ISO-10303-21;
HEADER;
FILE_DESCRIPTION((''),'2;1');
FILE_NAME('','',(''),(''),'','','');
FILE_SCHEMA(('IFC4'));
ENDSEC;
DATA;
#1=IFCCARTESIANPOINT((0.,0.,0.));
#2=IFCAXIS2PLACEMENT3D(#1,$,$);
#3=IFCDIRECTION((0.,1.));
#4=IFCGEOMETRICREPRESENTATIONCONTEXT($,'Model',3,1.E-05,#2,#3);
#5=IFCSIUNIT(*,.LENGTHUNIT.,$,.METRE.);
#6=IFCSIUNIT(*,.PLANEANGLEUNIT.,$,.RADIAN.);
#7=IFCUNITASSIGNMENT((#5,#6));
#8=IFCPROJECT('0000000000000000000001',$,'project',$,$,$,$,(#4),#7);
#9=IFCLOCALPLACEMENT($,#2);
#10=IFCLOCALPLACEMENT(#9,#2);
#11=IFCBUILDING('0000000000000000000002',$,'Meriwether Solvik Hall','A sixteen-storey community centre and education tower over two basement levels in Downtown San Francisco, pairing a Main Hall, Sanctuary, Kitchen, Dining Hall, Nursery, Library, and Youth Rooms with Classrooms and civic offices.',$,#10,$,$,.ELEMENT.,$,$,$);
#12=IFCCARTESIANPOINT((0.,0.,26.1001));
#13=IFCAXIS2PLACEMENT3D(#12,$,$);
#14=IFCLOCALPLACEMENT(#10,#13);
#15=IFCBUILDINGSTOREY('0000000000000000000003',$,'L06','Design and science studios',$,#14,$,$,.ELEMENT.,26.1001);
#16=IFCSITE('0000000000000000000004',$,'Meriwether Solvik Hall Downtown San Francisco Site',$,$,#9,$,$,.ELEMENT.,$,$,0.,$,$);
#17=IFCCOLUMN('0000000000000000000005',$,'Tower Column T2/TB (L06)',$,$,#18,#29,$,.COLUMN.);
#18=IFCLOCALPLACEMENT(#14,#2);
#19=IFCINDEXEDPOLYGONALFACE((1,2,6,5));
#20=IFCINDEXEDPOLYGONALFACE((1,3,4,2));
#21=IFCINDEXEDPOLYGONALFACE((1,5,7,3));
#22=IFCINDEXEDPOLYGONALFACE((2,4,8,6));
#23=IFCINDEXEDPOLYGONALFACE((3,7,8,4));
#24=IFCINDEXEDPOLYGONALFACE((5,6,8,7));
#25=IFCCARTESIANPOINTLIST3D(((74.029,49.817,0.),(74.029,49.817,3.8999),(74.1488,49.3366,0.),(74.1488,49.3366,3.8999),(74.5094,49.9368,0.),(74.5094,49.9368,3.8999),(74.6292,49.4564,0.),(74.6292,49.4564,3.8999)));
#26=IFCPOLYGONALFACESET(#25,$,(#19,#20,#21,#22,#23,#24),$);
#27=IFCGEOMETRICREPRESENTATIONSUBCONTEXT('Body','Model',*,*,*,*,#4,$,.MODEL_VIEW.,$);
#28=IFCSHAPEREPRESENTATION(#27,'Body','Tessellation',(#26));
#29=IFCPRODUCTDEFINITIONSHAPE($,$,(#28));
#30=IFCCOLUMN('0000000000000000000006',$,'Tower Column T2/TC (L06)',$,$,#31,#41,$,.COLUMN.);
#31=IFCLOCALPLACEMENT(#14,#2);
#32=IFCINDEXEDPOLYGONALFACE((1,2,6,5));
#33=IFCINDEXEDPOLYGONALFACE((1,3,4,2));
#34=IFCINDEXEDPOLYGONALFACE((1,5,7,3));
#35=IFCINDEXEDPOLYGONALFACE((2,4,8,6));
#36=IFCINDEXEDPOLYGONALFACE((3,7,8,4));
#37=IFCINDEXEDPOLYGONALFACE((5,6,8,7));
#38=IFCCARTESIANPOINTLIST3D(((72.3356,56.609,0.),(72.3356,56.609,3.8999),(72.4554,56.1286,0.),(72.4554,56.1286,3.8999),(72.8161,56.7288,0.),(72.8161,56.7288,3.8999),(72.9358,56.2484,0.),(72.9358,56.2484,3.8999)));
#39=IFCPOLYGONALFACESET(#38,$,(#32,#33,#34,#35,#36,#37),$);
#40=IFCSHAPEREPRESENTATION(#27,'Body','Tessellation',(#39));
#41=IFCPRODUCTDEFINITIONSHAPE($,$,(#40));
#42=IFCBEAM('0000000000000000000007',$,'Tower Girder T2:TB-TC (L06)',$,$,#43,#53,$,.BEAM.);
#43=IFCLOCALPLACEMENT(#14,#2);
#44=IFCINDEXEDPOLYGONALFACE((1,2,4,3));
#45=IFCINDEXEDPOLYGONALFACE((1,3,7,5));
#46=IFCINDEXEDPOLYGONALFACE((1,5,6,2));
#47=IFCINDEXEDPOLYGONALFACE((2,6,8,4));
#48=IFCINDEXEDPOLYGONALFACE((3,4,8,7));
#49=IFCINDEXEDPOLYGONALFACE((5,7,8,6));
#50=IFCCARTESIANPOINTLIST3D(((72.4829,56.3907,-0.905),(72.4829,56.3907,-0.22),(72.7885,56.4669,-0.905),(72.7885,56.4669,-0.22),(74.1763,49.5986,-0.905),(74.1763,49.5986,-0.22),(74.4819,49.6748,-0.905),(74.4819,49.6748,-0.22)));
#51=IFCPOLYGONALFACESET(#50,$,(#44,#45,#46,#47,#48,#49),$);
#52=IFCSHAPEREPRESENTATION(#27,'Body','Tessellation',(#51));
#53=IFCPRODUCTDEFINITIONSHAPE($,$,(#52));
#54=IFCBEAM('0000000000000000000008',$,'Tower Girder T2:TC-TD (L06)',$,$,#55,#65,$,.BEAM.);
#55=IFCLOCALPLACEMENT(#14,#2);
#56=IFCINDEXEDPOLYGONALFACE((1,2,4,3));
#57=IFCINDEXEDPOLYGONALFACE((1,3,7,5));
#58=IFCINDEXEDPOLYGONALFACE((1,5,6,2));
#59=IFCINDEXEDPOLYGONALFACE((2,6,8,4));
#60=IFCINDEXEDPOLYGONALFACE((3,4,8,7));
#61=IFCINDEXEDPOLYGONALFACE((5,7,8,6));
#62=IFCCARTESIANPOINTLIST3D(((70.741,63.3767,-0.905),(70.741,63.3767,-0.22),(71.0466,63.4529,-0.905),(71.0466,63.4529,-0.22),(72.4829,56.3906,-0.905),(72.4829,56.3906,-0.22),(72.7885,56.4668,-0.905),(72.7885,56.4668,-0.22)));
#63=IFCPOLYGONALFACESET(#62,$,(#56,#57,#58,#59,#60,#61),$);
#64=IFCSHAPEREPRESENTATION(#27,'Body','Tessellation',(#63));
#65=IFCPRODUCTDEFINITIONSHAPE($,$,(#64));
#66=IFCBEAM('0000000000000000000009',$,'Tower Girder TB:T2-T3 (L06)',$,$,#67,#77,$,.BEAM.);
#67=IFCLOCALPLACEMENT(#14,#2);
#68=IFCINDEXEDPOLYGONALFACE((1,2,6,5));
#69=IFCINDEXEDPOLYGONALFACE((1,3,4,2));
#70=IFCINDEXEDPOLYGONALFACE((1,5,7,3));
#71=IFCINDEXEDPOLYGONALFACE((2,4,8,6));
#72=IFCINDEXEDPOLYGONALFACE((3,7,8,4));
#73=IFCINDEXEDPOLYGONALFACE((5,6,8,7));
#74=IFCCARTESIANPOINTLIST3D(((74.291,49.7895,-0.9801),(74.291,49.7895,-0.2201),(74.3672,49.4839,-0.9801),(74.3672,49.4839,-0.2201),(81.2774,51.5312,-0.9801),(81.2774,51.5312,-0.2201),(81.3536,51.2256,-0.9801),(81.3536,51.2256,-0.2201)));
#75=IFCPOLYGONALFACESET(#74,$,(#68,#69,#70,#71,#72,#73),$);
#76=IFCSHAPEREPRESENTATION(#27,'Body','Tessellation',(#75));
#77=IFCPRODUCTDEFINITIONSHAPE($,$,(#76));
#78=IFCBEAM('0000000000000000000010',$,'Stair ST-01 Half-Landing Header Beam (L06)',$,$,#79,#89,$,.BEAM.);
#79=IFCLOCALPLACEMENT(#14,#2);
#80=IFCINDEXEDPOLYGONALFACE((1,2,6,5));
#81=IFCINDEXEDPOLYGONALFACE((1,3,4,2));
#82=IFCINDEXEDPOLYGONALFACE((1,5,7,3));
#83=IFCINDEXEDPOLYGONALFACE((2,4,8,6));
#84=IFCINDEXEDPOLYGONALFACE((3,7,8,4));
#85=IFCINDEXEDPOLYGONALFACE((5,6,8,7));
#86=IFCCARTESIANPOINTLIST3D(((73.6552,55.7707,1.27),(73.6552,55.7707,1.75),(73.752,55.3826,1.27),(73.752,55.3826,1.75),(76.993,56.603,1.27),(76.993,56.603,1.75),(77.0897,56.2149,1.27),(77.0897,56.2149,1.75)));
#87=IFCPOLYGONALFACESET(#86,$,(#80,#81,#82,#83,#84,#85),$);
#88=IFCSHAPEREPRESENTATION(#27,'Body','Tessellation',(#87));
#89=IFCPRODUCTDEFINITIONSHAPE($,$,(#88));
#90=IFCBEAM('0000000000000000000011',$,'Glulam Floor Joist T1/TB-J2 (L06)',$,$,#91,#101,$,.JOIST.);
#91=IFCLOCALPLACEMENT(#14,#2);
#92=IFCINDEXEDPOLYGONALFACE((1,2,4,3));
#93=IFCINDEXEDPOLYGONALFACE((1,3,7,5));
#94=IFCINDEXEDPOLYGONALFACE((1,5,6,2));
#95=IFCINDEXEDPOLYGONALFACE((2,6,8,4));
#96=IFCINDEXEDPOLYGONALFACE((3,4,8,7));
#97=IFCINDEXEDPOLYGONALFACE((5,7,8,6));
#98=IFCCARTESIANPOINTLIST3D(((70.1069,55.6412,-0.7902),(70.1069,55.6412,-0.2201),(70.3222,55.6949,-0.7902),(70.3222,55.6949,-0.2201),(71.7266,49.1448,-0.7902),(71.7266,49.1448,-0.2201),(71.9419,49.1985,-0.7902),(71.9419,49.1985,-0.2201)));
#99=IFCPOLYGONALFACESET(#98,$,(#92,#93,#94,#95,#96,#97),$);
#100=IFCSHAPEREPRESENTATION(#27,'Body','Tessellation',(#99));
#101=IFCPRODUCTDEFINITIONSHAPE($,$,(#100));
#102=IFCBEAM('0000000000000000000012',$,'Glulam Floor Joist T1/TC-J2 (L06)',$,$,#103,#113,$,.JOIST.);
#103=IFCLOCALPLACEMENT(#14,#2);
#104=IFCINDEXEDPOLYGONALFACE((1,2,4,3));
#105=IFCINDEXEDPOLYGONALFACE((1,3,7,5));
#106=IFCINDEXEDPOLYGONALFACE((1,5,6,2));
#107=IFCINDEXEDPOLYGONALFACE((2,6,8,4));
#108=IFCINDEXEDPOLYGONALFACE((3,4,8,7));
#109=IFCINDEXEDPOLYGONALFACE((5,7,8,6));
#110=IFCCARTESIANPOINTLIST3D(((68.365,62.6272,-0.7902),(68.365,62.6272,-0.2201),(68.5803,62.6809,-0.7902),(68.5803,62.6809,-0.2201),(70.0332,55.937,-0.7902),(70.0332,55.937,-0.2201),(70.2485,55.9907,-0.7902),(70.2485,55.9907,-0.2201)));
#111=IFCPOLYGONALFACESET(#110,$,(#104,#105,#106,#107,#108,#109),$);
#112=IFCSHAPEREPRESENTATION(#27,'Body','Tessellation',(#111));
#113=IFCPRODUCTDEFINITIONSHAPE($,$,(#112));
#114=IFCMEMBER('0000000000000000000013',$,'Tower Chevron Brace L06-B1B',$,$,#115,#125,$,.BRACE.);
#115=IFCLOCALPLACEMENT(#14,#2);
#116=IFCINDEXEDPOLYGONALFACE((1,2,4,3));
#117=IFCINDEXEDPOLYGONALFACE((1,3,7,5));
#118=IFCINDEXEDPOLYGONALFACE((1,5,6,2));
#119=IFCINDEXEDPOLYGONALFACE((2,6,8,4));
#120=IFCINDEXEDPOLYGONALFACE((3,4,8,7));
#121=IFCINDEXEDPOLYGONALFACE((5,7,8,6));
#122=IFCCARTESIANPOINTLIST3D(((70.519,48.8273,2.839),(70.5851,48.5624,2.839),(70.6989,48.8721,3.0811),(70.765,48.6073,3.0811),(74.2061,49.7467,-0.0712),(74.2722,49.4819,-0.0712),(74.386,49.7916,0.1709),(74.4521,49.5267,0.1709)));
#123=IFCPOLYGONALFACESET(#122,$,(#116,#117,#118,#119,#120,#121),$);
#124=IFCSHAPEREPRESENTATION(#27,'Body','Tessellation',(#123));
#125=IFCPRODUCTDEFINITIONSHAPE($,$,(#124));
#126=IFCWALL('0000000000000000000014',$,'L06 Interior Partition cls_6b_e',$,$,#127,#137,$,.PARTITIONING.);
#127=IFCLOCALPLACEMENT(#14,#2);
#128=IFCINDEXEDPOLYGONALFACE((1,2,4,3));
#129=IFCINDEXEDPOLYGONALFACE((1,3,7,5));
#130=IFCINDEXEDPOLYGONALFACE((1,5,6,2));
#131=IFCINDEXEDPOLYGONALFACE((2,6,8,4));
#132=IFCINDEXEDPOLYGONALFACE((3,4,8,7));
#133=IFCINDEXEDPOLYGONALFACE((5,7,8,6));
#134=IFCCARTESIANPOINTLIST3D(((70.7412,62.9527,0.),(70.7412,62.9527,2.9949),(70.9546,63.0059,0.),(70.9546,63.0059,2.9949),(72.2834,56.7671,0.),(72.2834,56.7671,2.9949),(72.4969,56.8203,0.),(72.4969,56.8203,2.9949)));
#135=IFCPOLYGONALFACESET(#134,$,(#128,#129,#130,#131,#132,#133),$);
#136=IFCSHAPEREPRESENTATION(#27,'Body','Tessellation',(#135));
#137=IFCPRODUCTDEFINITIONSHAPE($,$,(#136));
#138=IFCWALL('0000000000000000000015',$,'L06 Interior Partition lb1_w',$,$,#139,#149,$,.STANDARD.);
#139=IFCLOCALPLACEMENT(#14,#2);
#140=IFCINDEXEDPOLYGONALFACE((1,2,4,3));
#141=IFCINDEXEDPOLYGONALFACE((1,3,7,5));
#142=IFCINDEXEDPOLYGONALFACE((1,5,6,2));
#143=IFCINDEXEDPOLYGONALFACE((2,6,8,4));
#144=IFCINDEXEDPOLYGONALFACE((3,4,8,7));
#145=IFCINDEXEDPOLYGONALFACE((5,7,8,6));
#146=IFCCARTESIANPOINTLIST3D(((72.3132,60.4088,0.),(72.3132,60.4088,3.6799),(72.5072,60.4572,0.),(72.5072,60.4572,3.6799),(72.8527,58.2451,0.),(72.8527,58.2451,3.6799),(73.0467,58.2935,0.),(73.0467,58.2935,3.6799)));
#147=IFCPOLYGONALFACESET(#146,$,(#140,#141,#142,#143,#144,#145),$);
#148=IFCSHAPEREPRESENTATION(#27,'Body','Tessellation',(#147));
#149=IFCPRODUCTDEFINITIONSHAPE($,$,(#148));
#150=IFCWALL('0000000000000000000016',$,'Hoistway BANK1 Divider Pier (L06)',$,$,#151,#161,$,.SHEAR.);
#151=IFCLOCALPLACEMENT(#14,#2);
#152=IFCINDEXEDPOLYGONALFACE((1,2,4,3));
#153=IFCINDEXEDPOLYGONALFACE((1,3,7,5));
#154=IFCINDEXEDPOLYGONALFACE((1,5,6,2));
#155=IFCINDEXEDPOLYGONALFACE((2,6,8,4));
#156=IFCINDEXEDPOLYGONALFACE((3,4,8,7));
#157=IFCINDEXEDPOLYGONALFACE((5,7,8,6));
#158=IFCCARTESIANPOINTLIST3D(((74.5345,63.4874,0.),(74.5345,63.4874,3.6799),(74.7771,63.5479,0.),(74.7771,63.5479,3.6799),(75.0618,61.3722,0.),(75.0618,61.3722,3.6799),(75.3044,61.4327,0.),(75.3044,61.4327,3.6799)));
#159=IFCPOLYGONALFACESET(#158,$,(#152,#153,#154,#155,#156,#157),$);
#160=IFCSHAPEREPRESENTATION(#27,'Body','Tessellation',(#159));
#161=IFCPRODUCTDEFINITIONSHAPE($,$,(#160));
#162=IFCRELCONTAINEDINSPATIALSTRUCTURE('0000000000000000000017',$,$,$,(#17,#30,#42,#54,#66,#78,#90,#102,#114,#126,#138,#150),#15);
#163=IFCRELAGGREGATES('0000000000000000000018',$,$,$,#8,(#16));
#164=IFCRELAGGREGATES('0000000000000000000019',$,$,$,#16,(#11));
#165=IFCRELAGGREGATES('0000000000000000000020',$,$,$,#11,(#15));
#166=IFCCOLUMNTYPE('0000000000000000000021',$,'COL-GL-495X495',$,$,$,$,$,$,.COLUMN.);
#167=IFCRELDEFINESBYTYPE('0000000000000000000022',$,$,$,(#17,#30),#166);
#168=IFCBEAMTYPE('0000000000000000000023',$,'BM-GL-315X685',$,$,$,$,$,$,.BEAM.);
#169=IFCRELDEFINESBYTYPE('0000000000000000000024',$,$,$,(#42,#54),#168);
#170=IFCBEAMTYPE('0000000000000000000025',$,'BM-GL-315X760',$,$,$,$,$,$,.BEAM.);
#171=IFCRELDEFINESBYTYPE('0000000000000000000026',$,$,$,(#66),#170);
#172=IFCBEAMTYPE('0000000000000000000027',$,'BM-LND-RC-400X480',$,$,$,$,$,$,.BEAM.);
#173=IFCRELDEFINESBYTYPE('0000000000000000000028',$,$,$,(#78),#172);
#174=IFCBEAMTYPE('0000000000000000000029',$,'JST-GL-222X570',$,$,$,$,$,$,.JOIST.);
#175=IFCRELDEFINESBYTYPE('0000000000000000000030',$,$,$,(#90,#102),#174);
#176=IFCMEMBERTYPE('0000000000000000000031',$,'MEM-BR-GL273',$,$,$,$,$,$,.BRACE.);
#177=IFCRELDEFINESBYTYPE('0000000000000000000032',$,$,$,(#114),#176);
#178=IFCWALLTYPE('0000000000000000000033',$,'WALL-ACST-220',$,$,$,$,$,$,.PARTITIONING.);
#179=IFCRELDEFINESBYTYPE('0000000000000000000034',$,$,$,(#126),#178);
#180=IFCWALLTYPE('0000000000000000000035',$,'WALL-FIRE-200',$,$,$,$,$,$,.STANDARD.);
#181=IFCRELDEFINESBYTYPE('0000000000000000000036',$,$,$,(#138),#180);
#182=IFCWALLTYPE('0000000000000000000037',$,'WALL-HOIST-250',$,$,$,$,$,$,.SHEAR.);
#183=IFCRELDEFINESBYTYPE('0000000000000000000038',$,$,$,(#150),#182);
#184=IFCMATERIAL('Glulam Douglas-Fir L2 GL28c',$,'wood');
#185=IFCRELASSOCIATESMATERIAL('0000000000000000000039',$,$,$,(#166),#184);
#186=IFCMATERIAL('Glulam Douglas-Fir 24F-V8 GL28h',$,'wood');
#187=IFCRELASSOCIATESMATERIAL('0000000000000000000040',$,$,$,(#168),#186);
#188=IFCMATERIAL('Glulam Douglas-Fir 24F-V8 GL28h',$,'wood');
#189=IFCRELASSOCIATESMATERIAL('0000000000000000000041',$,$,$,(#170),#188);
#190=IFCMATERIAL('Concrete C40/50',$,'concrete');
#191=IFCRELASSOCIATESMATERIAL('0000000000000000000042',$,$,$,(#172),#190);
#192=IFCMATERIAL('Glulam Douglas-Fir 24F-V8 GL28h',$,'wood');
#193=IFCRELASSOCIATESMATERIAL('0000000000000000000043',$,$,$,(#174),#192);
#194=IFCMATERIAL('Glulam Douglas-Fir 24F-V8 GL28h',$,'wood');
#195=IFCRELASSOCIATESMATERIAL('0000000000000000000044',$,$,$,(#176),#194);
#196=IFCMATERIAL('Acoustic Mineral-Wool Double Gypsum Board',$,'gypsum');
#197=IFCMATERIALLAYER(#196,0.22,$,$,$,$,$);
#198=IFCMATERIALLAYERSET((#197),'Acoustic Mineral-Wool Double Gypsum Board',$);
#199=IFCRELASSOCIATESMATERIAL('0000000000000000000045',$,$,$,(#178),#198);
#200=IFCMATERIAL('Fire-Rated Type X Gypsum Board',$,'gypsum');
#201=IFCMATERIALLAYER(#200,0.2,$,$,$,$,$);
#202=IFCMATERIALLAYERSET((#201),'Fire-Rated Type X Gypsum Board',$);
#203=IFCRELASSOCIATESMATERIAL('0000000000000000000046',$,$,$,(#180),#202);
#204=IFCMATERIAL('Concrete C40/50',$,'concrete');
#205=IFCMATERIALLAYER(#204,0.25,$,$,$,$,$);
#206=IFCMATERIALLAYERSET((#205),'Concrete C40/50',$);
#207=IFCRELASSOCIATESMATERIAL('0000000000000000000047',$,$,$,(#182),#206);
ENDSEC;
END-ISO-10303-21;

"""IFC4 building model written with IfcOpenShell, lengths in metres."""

from ifc_helpers import new_model, si_unit, direction, frame, frame_2d, origin, origin_2d, place, context, subcontext, project, spatial, rectangle, extrude, material, layer, layer_set, material_profile, profile_set, type_object, element, save


model = new_model("IFC4")

# Units and contexts
model_context = context("Model", 3, precision=1e-05, world=origin(), true_north=direction((0.0, 1.0)))
body_context = subcontext(model_context, "Body", "Model", "MODEL_VIEW")
ifc_project = project(units=[si_unit("LENGTHUNIT", "METRE"), si_unit("PLANEANGLEUNIT", "RADIAN")], contexts=[model_context])

# Site, building, storey
site_placement = place(None, origin())
site = spatial("IfcSite", under=ifc_project, at=site_placement, Name="Meriwether Solvik Hall Downtown San Francisco Site", CompositionType="ELEMENT", RefElevation=0.0)
building_placement = place(site_placement, origin())
building = spatial("IfcBuilding", under=site, at=building_placement, Name="Meriwether Solvik Hall", Description="A sixteen-storey community centre and education tower over two basement levels in Downtown San Francisco, pairing a Main Hall, Sanctuary, Kitchen, Dining Hall, Nursery, Library, and Youth Rooms with Classrooms and civic offices.", CompositionType="ELEMENT")
storey_placement = place(building_placement, frame((0.0, 0.0, 26.1001)))
storey = spatial("IfcBuildingStorey", under=building, at=storey_placement, Name="L06", Description="Design and science studios", CompositionType="ELEMENT", Elevation=26.1001)

# Columns
ifc_material_1 = material(Name="Glulam Douglas-Fir L2 GL28c", Category="wood")
ifc_material_profile_1 = material_profile(ifc_material_1, rectangle(XDim=0.4951, YDim=0.4951, at=origin_2d()), Name="GLC-495X495")
ifc_profile_set_1 = profile_set([ifc_material_profile_1], Name="Glulam Douglas-Fir L2 GL28c")
column_type = type_object("IfcColumnType", Name="COL-GL-495X495", PredefinedType="COLUMN", material=ifc_profile_set_1)
for number, where, z_axis, x_axis, name in (
    (1, (74.3291, 49.6367, 0.0), (0.0, 0.0, 1.0), (0.970296, 0.241922, 0.0), "Tower Column T2/TB (L06)"),
    (2, (72.6357, 56.4287, 0.0), (0.0, 0.0, 1.0), (0.970296, 0.241922, 0.0), "Tower Column T2/TC (L06)"),
):
    element("IfcColumn", number, at=place(storey_placement, frame(where, z_axis=z_axis, x_axis=x_axis)), inside=storey, type_object=column_type, Name=name, PredefinedType="COLUMN", context=body_context, shape_type="SweptSolid", body=[
        extrude(rectangle(XDim=0.4951, YDim=0.4951, at=origin_2d()), origin(), (0.0, 0.0, 1.0), 3.8999),
    ])

# Beams
ifc_material_2 = material(Name="Glulam Douglas-Fir 24F-V8 GL28h", Category="wood")
ifc_material_profile_2 = material_profile(ifc_material_2, rectangle(XDim=0.3149, YDim=0.6851, at=origin_2d()), Name="GLB-315X685")
ifc_profile_set_2 = profile_set([ifc_material_profile_2], Name="Glulam Douglas-Fir 24F-V8 GL28h")
beam_type_1 = type_object("IfcBeamType", Name="BM-GL-315X685", PredefinedType="BEAM", material=ifc_profile_set_2)
beam_1_placement = place(storey_placement, frame((74.3291, 49.6367, -0.5625), z_axis=(-0.241912, 0.970298, 0.0), x_axis=(-0.970298, -0.241912, 0.0)))
element("IfcBeam", 3, at=beam_1_placement, inside=storey, type_object=beam_type_1, Name="Tower Girder T2:TB-TC (L06)", PredefinedType="BEAM", context=body_context, shape_type="SweptSolid", body=[
    extrude(rectangle(XDim=0.3149, YDim=0.6851, at=origin_2d()), origin(), (0.0, 0.0, 1.0), 7.0),
])
beam_2_placement = place(storey_placement, frame((72.6357, 56.4287, -0.5625), z_axis=(-0.241937, 0.970292, 0.0), x_axis=(-0.970292, -0.241937, 0.0)))
element("IfcBeam", 4, at=beam_2_placement, inside=storey, type_object=beam_type_1, Name="Tower Girder T2:TC-TD (L06)", PredefinedType="BEAM", context=body_context, shape_type="SweptSolid", body=[
    extrude(rectangle(XDim=0.3149, YDim=0.6851, at=origin_2d()), origin(), (0.0, 0.0, 1.0), 7.2),
])
ifc_material_3 = material(Name="Glulam Douglas-Fir 24F-V8 GL28h", Category="wood")
ifc_material_profile_3 = material_profile(ifc_material_3, rectangle(XDim=0.3149, YDim=0.76, at=origin_2d()), Name="GLB-315X760")
ifc_profile_set_3 = profile_set([ifc_material_profile_3], Name="Glulam Douglas-Fir 24F-V8 GL28h")
beam_type_2 = type_object("IfcBeamType", Name="BM-GL-315X760", PredefinedType="BEAM", material=ifc_profile_set_3)
beam_3_placement = place(storey_placement, frame((74.3291, 49.6367, -0.6001), z_axis=(0.970302, 0.241897, 0.0), x_axis=(-0.241897, 0.970302, 0.0)))
element("IfcBeam", 5, at=beam_3_placement, inside=storey, type_object=beam_type_2, Name="Tower Girder TB:T2-T3 (L06)", PredefinedType="BEAM", context=body_context, shape_type="SweptSolid", body=[
    extrude(rectangle(XDim=0.3149, YDim=0.76, at=origin_2d()), origin(), (0.0, 0.0, 1.0), 7.2002),
])
ifc_material_4 = material(Name="Concrete C40/50", Category="concrete")
ifc_material_profile_4 = material_profile(ifc_material_4, rectangle(XDim=0.3999, YDim=0.48, at=origin_2d()), Name="RCB-400X480")
ifc_profile_set_4 = profile_set([ifc_material_profile_4], Name="Concrete C40/50")
beam_type_3 = type_object("IfcBeamType", Name="BM-LND-RC-400X480", PredefinedType="BEAM", material=ifc_profile_set_4)
beam_4_placement = place(storey_placement, frame((73.7036, 55.5767, 1.51), z_axis=(0.970288, 0.241951, 0.0), x_axis=(-0.241951, 0.970288, 0.0)))
element("IfcBeam", 6, at=beam_4_placement, inside=storey, type_object=beam_type_3, Name="Stair ST-01 Half-Landing Header Beam (L06)", PredefinedType="BEAM", context=body_context, shape_type="SweptSolid", body=[
    extrude(rectangle(XDim=0.3999, YDim=0.48, at=origin_2d()), origin(), (0.0, 0.0, 1.0), 3.4399),
])
ifc_material_5 = material(Name="Glulam Douglas-Fir 24F-V8 GL28h", Category="wood")
ifc_material_profile_5 = material_profile(ifc_material_5, rectangle(XDim=0.2219, YDim=0.5701, at=origin_2d()), Name="GLJ-222X570")
ifc_profile_set_5 = profile_set([ifc_material_profile_5], Name="Glulam Douglas-Fir 24F-V8 GL28h")
beam_type_4 = type_object("IfcBeamType", Name="JST-GL-222X570", PredefinedType="JOIST", material=ifc_profile_set_5)
beam_5_placement = place(storey_placement, frame((71.8342, 49.1716, -0.5051), z_axis=(-0.241909, 0.970299, 0.0), x_axis=(-0.970299, -0.241909, 0.0)))
element("IfcBeam", 7, at=beam_5_placement, inside=storey, type_object=beam_type_4, Name="Glulam Floor Joist T1/TB-J2 (L06)", PredefinedType="JOIST", context=body_context, shape_type="SweptSolid", body=[
    extrude(rectangle(XDim=0.2219, YDim=0.5701, at=origin_2d()), origin(), (0.0, 0.0, 1.0), 6.6953),
])
beam_6_placement = place(storey_placement, frame((70.1409, 55.9639, -0.5051), z_axis=(-0.241944, 0.97029, 0.0), x_axis=(-0.97029, -0.241944, 0.0)))
element("IfcBeam", 8, at=beam_6_placement, inside=storey, type_object=beam_type_4, Name="Glulam Floor Joist T1/TC-J2 (L06)", PredefinedType="JOIST", context=body_context, shape_type="SweptSolid", body=[
    extrude(rectangle(XDim=0.2219, YDim=0.5701, at=origin_2d()), origin(), (0.0, 0.0, 1.0), 6.895),
])

# Member
ifc_material_6 = material(Name="Glulam Douglas-Fir 24F-V8 GL28h", Category="wood")
ifc_material_profile_6 = material_profile(ifc_material_6, rectangle(XDim=0.2729, YDim=0.3049, at=origin_2d()), Name="GLM-273X305")
ifc_profile_set_6 = profile_set([ifc_material_profile_6], Name="Glulam Douglas-Fir 24F-V8 GL28h")
member_type = type_object("IfcMemberType", Name="MEM-BR-GL273", PredefinedType="BRACE", material=ifc_profile_set_6)
member_placement = place(storey_placement, frame((74.3291, 49.6367, 0.0498), z_axis=(-0.77033, -0.192098, 0.608021), x_axis=(0.241961, -0.970286, 0.0)))
element("IfcMember", 9, at=member_placement, inside=storey, type_object=member_type, Name="Tower Chevron Brace L06-B1B", PredefinedType="BRACE", context=body_context, shape_type="SweptSolid", body=[
    extrude(rectangle(XDim=0.2729, YDim=0.3049, at=origin_2d()), origin(), (0.0, 0.0, 1.0), 4.7864),
])

# Walls
ifc_material_7 = material(Name="Acoustic Mineral-Wool Double Gypsum Board", Category="gypsum")
ifc_layer_1 = layer(ifc_material_7, 0.22)
ifc_layer_set_1 = layer_set([ifc_layer_1], Name="Acoustic Mineral-Wool Double Gypsum Board")
wall_type_1 = type_object("IfcWallType", Name="WALL-ACST-220", PredefinedType="PARTITIONING", material=ifc_layer_set_1)
wall_1_placement = place(storey_placement, frame((72.3901, 56.7937, 0.0), z_axis=(0.0, 0.0, 1.0), x_axis=(-0.241923, 0.970295, 0.0)))
element("IfcWall", 10, at=wall_1_placement, inside=storey, type_object=wall_type_1, Name="L06 Interior Partition cls_6b_e", PredefinedType="PARTITIONING", context=body_context, shape_type="SweptSolid", body=[
    extrude(rectangle(XDim=6.375, YDim=0.22, at=frame_2d((3.1875, 0.0))), origin(), (0.0, 0.0, 1.0), 2.9949),
])
ifc_material_8 = material(Name="Fire-Rated Type X Gypsum Board", Category="gypsum")
ifc_layer_2 = layer(ifc_material_8, 0.2)
ifc_layer_set_2 = layer_set([ifc_layer_2], Name="Fire-Rated Type X Gypsum Board")
wall_type_2 = type_object("IfcWallType", Name="WALL-FIRE-200", PredefinedType="STANDARD", material=ifc_layer_set_2)
wall_2_placement = place(storey_placement, frame((72.9497, 58.2693, 0.0), z_axis=(0.0, 0.0, 1.0), x_axis=(-0.241943, 0.97029, 0.0)))
element("IfcWall", 11, at=wall_2_placement, inside=storey, type_object=wall_type_2, Name="L06 Interior Partition lb1_w", PredefinedType="STANDARD", context=body_context, shape_type="SweptSolid", body=[
    extrude(rectangle(XDim=2.23, YDim=0.2, at=frame_2d((1.115, 0.0))), origin(), (0.0, 0.0, 1.0), 3.6799),
])
ifc_material_9 = material(Name="Concrete C40/50", Category="concrete")
ifc_layer_3 = layer(ifc_material_9, 0.25)
ifc_layer_set_3 = layer_set([ifc_layer_3], Name="Concrete C40/50")
wall_type_3 = type_object("IfcWallType", Name="WALL-HOIST-250", PredefinedType="SHEAR", material=ifc_layer_set_3)
wall_3_placement = place(storey_placement, frame((75.1831, 61.4026, 0.0), z_axis=(0.0, 0.0, 1.0), x_axis=(-0.241903, 0.9703, 0.0)))
element("IfcWall", 12, at=wall_3_placement, inside=storey, type_object=wall_type_3, Name="Hoistway BANK1 Divider Pier (L06)", PredefinedType="SHEAR", context=body_context, shape_type="SweptSolid", body=[
    extrude(rectangle(XDim=2.1799, YDim=0.25, at=frame_2d((1.0898, 0.0))), origin(), (0.0, 0.0, 1.0), 3.6799),
])

save(model, "model.ifc")
